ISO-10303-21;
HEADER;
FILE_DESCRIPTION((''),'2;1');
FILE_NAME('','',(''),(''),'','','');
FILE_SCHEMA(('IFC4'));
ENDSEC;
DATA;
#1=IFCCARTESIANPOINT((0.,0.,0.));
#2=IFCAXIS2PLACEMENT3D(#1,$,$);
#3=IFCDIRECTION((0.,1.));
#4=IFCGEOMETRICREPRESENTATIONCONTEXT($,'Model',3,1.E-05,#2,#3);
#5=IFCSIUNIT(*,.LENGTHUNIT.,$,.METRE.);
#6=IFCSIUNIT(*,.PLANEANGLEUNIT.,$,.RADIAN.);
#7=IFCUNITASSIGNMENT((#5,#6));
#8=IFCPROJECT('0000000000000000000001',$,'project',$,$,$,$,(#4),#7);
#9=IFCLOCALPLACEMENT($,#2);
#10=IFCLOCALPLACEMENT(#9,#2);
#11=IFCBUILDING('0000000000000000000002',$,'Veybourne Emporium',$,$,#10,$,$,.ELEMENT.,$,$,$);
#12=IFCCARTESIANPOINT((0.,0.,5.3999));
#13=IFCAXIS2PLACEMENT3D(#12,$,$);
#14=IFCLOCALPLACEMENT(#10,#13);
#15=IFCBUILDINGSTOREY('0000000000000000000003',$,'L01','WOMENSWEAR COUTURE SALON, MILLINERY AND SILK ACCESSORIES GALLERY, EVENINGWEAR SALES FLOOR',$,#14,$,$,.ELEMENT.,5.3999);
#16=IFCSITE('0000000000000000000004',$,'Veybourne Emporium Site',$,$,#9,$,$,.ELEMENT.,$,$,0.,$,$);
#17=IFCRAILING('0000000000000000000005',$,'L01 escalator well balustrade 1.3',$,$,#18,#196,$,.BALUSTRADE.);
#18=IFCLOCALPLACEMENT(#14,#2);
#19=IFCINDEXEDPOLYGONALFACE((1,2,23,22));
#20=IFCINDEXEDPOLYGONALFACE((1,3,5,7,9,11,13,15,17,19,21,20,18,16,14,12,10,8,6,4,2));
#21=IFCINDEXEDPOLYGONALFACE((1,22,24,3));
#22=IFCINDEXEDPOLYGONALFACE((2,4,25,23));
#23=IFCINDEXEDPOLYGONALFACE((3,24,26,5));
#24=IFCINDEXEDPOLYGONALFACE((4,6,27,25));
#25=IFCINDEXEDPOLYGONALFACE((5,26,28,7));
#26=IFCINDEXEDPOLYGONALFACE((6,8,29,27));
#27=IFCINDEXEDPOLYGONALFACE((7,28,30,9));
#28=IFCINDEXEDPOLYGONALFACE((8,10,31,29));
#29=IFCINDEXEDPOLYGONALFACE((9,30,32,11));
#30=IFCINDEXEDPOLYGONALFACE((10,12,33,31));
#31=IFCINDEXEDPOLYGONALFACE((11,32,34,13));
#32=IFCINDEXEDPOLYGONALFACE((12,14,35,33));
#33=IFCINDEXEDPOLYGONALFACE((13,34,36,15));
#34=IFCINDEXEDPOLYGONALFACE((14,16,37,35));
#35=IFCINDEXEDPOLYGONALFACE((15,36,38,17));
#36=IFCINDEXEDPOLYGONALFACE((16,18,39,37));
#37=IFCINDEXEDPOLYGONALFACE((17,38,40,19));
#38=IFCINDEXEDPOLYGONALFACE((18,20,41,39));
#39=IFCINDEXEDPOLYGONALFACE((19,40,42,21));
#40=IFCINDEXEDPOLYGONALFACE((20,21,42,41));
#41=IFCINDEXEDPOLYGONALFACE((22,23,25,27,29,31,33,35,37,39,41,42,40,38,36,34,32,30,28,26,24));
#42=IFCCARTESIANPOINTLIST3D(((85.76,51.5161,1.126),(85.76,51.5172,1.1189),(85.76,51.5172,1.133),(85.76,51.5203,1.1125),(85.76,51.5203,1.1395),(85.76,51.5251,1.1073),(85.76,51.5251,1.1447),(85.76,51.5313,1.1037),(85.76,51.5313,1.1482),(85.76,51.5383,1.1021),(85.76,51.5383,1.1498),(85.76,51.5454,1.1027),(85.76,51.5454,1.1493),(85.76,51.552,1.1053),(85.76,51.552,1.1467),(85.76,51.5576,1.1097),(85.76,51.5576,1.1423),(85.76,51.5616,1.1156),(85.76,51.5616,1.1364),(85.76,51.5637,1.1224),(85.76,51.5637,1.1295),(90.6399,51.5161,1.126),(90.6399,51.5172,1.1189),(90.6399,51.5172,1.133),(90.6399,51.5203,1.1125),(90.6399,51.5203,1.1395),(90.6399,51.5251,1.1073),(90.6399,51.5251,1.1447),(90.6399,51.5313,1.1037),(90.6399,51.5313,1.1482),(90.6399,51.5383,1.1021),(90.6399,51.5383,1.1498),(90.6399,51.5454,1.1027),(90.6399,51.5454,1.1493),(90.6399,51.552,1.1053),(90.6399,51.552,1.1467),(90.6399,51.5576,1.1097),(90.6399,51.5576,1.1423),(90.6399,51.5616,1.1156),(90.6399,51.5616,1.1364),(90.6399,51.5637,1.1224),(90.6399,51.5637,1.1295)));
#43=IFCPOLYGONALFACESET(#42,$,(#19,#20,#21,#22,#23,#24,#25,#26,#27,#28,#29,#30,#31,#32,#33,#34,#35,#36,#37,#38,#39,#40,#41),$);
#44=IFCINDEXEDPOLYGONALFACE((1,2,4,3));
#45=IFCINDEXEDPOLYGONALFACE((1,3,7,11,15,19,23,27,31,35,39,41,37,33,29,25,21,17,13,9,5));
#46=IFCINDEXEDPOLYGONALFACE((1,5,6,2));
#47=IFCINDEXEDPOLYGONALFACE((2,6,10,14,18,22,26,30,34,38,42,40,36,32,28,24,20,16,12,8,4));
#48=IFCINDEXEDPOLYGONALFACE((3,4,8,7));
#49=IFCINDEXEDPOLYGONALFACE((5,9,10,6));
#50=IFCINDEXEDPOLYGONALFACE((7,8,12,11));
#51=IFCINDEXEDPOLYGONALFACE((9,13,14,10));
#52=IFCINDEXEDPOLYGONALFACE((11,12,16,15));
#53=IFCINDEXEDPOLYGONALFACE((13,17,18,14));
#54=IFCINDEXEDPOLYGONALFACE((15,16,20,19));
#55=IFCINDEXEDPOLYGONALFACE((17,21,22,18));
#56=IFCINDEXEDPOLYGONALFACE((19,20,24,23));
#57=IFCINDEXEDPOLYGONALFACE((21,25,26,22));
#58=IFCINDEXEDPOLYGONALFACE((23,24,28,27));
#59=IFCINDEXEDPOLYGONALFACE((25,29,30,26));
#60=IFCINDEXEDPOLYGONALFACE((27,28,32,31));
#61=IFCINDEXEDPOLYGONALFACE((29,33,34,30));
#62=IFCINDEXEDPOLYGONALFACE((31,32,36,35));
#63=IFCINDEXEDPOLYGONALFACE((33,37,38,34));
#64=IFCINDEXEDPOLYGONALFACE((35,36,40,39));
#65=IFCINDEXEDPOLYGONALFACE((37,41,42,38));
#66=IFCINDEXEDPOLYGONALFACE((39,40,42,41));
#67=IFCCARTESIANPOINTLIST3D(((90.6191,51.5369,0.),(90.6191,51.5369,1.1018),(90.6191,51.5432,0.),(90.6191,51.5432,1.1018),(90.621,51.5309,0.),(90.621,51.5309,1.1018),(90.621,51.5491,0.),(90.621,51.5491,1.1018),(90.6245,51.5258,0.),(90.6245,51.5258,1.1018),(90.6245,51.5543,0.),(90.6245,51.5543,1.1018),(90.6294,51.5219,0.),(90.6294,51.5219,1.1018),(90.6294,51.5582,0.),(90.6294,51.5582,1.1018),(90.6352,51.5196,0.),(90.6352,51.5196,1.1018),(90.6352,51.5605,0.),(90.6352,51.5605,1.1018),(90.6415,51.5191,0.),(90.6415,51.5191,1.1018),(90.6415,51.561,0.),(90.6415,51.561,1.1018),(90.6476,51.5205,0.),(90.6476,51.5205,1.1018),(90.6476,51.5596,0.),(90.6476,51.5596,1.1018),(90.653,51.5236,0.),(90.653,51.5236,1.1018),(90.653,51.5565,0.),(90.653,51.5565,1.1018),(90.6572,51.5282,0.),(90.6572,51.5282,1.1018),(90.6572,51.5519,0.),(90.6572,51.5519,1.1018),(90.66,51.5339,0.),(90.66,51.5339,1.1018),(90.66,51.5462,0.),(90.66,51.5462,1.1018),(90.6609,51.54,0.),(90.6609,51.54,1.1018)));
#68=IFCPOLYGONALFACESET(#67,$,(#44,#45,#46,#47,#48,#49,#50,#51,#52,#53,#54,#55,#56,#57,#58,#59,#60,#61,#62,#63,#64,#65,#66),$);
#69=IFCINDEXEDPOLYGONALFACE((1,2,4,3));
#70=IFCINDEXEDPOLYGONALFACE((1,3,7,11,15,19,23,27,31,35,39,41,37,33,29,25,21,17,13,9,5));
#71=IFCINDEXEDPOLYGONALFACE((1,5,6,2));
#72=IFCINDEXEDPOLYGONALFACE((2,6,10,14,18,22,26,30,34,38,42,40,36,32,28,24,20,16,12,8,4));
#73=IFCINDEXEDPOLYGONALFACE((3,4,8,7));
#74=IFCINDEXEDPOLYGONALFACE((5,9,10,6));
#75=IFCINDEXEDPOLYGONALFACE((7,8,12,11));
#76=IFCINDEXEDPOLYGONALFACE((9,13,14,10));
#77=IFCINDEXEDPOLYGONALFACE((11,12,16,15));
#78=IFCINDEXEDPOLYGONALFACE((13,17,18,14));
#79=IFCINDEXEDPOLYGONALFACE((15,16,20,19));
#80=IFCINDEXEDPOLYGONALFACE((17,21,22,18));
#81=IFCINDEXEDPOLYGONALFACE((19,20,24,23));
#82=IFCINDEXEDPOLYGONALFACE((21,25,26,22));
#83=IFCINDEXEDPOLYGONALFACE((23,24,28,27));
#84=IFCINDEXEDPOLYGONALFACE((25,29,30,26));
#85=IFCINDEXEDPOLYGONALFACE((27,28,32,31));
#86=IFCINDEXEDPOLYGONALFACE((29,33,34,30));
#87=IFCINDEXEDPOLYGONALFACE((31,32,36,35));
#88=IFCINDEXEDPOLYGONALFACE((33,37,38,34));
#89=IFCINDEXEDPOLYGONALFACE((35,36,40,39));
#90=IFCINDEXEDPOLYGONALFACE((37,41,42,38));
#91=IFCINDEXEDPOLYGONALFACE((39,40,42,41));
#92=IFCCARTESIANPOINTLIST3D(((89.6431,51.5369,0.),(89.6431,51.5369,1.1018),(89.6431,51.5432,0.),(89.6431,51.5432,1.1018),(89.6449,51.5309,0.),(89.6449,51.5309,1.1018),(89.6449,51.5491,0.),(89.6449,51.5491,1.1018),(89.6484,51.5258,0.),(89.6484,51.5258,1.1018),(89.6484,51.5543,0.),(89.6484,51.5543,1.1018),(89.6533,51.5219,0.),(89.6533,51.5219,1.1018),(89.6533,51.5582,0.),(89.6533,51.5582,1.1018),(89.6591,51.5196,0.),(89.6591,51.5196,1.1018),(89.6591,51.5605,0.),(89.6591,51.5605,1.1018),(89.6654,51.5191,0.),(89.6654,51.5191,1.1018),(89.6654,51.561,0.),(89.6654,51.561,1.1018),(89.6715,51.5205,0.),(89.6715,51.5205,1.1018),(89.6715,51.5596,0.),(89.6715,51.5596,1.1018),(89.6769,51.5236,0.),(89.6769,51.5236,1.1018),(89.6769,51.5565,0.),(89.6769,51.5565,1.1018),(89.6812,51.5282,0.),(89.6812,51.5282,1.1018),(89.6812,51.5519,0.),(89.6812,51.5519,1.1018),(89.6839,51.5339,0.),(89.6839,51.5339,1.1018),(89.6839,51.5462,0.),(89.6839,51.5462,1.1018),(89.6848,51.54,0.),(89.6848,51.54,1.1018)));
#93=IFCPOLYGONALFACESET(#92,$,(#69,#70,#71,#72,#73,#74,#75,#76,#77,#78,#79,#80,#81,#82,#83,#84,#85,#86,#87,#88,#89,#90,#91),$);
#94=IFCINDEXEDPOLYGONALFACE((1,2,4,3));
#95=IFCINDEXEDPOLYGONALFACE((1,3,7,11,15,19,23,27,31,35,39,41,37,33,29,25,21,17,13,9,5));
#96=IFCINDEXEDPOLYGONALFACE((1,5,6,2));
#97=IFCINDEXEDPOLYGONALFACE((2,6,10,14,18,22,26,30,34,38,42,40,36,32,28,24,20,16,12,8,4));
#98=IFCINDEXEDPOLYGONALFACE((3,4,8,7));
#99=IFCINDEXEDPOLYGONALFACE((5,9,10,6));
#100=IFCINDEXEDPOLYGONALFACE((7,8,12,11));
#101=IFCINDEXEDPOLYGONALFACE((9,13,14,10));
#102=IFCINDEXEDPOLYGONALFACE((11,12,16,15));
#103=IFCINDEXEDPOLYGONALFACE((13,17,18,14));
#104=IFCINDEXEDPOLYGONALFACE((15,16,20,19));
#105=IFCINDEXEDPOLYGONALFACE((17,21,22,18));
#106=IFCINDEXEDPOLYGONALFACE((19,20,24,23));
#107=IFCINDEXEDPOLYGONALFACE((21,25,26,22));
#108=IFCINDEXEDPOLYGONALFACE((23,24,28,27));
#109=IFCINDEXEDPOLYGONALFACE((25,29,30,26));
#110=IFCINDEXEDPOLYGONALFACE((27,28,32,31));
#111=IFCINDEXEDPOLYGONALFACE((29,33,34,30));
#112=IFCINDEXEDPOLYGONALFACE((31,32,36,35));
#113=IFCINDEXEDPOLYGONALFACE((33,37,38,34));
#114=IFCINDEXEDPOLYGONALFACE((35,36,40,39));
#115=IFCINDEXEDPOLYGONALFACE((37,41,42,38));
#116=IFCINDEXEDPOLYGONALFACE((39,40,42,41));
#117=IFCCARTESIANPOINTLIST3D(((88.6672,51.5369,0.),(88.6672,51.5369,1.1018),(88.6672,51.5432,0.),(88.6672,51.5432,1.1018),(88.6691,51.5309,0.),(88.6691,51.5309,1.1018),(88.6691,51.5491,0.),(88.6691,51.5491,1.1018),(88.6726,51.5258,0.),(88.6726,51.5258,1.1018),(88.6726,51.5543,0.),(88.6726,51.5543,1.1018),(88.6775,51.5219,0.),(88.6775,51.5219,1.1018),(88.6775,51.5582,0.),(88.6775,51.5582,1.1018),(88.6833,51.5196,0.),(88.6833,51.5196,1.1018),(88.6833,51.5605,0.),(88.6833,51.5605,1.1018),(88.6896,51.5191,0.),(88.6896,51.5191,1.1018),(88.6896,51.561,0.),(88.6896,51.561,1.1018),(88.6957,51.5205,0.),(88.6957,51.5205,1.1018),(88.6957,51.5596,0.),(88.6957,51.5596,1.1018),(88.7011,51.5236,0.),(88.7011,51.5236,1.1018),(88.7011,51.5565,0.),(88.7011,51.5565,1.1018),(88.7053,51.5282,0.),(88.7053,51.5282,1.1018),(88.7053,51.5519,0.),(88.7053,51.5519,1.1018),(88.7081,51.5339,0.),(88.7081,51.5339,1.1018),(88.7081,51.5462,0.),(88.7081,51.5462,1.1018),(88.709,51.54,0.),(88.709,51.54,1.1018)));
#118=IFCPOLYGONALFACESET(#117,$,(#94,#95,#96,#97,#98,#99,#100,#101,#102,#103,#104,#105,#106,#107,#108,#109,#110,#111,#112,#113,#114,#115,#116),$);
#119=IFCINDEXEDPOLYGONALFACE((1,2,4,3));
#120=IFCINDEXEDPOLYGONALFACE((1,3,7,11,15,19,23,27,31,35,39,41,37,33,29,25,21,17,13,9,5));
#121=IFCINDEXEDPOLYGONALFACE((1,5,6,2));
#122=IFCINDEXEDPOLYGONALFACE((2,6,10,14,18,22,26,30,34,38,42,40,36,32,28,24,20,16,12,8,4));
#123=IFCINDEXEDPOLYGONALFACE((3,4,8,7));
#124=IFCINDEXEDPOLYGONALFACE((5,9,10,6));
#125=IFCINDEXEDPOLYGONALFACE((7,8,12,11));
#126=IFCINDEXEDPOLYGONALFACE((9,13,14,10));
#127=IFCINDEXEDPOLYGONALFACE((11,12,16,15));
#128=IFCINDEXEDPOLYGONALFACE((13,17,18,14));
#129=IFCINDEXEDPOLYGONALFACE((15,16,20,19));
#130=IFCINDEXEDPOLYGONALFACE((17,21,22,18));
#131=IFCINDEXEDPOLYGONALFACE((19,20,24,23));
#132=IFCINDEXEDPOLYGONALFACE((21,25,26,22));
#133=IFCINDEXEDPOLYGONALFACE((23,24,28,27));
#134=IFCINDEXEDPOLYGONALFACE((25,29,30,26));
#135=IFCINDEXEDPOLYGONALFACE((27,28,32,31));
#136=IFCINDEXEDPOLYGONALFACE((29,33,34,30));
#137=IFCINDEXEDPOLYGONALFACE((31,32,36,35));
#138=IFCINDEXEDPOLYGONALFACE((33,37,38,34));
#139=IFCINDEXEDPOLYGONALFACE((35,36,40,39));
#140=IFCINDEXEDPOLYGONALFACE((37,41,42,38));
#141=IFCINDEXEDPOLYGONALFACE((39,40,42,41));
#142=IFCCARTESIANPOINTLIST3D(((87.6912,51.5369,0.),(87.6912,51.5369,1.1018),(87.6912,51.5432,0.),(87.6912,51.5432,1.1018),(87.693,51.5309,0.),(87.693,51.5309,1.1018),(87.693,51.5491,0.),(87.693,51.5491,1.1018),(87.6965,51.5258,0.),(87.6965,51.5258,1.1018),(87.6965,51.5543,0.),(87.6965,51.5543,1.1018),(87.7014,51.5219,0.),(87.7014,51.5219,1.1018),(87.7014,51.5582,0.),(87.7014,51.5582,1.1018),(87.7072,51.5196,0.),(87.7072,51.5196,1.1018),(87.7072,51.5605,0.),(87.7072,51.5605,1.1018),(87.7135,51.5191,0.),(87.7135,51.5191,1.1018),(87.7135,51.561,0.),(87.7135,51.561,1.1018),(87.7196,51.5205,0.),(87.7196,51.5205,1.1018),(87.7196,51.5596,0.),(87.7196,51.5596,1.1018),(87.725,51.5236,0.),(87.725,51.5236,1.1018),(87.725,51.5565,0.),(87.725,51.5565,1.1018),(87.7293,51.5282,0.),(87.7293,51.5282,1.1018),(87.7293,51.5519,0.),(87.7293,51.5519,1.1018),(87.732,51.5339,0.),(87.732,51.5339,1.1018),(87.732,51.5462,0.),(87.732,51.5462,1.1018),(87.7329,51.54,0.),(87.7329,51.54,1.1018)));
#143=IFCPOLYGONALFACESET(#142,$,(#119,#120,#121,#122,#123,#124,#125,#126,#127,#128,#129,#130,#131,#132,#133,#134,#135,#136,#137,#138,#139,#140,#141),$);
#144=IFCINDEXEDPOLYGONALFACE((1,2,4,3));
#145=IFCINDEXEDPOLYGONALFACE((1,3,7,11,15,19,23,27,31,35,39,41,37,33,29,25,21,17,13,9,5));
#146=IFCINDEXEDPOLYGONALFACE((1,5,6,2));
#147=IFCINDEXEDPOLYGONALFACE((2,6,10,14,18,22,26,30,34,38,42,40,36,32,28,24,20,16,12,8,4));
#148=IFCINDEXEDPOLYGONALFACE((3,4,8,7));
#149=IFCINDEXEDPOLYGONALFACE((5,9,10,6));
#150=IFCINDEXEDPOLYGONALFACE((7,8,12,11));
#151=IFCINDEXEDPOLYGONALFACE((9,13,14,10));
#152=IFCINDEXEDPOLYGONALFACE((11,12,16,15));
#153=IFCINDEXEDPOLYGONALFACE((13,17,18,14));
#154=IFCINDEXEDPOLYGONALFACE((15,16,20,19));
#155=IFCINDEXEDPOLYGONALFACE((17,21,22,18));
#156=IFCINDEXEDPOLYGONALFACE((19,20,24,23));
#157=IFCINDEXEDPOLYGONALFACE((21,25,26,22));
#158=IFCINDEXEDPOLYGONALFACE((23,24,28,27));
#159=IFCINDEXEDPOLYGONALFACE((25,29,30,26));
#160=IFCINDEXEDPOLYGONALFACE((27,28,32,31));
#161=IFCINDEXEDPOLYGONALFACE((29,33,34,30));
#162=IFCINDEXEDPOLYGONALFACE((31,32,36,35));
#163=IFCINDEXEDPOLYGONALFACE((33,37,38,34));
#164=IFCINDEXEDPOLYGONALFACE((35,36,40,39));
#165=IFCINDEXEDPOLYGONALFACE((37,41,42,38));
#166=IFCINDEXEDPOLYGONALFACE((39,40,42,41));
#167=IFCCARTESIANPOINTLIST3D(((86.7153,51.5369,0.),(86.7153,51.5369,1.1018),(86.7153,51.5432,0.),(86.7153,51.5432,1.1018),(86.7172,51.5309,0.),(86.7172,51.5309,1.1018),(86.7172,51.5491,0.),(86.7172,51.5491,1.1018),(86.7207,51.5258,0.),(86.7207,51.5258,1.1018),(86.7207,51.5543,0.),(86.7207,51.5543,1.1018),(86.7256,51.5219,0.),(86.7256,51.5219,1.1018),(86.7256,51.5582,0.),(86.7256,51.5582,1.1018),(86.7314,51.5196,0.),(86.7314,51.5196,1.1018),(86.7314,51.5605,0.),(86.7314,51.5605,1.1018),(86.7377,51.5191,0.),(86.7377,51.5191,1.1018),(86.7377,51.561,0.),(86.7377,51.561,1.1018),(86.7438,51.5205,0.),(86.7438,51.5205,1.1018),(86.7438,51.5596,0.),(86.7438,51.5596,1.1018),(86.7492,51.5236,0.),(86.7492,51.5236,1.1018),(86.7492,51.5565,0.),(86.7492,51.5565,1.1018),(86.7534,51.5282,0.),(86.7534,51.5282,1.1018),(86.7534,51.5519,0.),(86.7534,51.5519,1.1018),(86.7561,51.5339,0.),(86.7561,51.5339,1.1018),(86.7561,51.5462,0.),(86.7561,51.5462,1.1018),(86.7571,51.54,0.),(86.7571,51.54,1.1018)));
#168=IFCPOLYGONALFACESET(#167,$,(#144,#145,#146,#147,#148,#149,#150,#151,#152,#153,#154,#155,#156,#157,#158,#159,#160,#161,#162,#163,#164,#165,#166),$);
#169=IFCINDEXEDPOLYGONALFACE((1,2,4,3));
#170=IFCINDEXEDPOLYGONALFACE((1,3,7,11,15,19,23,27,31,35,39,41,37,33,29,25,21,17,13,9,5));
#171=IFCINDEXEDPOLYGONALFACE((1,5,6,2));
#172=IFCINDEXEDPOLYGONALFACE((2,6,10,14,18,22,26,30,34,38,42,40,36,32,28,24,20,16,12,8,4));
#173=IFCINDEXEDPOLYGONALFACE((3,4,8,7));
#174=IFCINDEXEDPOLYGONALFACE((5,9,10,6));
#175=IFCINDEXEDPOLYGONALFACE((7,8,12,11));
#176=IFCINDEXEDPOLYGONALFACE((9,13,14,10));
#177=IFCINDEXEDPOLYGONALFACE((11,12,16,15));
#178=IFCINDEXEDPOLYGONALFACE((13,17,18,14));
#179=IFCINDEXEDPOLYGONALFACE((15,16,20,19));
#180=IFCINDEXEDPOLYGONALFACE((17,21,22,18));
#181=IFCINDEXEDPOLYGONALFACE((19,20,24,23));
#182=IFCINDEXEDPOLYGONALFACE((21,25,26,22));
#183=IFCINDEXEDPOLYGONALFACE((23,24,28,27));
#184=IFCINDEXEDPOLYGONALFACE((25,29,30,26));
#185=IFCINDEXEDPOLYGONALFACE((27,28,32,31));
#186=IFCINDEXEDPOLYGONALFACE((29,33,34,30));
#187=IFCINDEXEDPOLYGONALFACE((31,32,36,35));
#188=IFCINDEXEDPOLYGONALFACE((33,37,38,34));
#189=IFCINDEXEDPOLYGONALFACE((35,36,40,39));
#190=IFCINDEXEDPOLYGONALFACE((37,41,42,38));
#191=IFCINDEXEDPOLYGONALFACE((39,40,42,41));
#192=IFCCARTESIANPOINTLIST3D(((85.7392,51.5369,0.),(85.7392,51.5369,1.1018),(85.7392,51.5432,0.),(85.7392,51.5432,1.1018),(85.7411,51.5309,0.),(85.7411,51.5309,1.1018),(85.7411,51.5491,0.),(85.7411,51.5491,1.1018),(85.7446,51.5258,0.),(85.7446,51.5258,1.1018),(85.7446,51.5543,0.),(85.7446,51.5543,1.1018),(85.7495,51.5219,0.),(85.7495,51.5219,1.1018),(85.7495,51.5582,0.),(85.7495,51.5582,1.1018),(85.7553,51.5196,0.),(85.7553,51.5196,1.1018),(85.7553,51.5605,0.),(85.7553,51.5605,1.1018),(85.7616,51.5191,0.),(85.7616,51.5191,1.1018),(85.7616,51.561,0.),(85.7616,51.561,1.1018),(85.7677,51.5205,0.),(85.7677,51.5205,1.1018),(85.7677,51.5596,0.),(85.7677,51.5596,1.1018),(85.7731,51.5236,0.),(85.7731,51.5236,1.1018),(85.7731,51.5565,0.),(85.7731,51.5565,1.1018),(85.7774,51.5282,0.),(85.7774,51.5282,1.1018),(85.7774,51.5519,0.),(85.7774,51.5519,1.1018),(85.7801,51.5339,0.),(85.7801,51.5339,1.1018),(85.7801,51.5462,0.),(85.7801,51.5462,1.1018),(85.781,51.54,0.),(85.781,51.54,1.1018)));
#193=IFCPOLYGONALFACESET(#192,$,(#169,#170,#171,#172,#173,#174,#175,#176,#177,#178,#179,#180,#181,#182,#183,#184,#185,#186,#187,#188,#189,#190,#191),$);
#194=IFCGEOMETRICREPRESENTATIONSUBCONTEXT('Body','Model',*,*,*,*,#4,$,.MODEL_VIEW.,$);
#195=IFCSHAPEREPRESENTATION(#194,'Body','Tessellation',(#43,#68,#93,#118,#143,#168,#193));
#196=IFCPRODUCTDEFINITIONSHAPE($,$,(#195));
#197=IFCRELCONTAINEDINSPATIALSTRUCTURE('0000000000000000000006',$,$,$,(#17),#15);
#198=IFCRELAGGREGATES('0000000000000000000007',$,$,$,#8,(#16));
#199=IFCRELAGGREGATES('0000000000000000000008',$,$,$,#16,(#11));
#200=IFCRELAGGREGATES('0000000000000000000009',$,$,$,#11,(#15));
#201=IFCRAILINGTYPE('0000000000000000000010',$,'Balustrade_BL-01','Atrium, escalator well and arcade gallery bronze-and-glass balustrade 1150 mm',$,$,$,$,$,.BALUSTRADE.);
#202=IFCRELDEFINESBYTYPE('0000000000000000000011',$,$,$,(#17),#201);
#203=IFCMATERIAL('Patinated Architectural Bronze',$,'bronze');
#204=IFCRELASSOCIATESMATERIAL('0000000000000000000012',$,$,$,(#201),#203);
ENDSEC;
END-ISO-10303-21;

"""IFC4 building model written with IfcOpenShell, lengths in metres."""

from ifc_helpers import new_model, si_unit, direction, frame, origin, origin_2d, place, context, subcontext, project, spatial, circle, extrude, material, type_object, element, save


model = new_model("IFC4")

# Units and contexts
model_context = context("Model", 3, precision=1e-05, world=origin(), true_north=direction((0.0, 1.0)))
body_context = subcontext(model_context, "Body", "Model", "MODEL_VIEW")
ifc_project = project(units=[si_unit("LENGTHUNIT", "METRE"), si_unit("PLANEANGLEUNIT", "RADIAN")], contexts=[model_context])

# Site, building, storey
site_placement = place(None, origin())
site = spatial("IfcSite", under=ifc_project, at=site_placement, Name="Veybourne Emporium Site", CompositionType="ELEMENT", RefElevation=0.0)
building_placement = place(site_placement, origin())
building = spatial("IfcBuilding", under=site, at=building_placement, Name="Veybourne Emporium", CompositionType="ELEMENT")
storey_placement = place(building_placement, frame((0.0, 0.0, 5.3999)))
storey = spatial("IfcBuildingStorey", under=building, at=storey_placement, Name="L01", Description="WOMENSWEAR COUTURE SALON, MILLINERY AND SILK ACCESSORIES GALLERY, EVENINGWEAR SALES FLOOR", CompositionType="ELEMENT", Elevation=5.3999)

# Shared definitions
ifc_material_1 = material(Name="Patinated Architectural Bronze", Category="bronze")

# Railing
railing_type_1 = type_object("IfcRailingType", Name="Balustrade_BL-01", Description="Atrium, escalator well and arcade gallery bronze-and-glass balustrade 1150 mm", PredefinedType="BALUSTRADE", material=ifc_material_1)
railing_1_placement = place(storey_placement, frame((90.6399, 51.54, 0.0)))
element("IfcRailing", 1, at=railing_1_placement, inside=storey, type_object=railing_type_1, Name="L01 escalator well balustrade 1.3", PredefinedType="BALUSTRADE", context=body_context, shape_type="SweptSolid", body=[
    extrude(circle(Radius=0.0239, at=origin_2d()), frame((0.0, 0.0, 1.126), z_axis=(-1.0, 0.0, 0.0), x_axis=(0.0, -1.0, 0.0)), (0.0, 0.0, 1.0), 4.8799),
    extrude(circle(Radius=0.021, at=origin_2d()), origin(), (0.0, 0.0, 1.0), 1.1018),
    extrude(circle(Radius=0.021, at=origin_2d()), frame((-0.9761, 0.0, 0.0)), (0.0, 0.0, 1.0), 1.1018),
    extrude(circle(Radius=0.021, at=origin_2d()), frame((-1.9519, 0.0, 0.0)), (0.0, 0.0, 1.0), 1.1018),
    extrude(circle(Radius=0.021, at=origin_2d()), frame((-2.928, 0.0, 0.0)), (0.0, 0.0, 1.0), 1.1018),
    extrude(circle(Radius=0.021, at=origin_2d()), frame((-3.9038, 0.0, 0.0)), (0.0, 0.0, 1.0), 1.1018),
    extrude(circle(Radius=0.021, at=origin_2d()), frame((-4.8799, 0.0, 0.0)), (0.0, 0.0, 1.0), 1.1018),
])

save(model, "model.ifc")
